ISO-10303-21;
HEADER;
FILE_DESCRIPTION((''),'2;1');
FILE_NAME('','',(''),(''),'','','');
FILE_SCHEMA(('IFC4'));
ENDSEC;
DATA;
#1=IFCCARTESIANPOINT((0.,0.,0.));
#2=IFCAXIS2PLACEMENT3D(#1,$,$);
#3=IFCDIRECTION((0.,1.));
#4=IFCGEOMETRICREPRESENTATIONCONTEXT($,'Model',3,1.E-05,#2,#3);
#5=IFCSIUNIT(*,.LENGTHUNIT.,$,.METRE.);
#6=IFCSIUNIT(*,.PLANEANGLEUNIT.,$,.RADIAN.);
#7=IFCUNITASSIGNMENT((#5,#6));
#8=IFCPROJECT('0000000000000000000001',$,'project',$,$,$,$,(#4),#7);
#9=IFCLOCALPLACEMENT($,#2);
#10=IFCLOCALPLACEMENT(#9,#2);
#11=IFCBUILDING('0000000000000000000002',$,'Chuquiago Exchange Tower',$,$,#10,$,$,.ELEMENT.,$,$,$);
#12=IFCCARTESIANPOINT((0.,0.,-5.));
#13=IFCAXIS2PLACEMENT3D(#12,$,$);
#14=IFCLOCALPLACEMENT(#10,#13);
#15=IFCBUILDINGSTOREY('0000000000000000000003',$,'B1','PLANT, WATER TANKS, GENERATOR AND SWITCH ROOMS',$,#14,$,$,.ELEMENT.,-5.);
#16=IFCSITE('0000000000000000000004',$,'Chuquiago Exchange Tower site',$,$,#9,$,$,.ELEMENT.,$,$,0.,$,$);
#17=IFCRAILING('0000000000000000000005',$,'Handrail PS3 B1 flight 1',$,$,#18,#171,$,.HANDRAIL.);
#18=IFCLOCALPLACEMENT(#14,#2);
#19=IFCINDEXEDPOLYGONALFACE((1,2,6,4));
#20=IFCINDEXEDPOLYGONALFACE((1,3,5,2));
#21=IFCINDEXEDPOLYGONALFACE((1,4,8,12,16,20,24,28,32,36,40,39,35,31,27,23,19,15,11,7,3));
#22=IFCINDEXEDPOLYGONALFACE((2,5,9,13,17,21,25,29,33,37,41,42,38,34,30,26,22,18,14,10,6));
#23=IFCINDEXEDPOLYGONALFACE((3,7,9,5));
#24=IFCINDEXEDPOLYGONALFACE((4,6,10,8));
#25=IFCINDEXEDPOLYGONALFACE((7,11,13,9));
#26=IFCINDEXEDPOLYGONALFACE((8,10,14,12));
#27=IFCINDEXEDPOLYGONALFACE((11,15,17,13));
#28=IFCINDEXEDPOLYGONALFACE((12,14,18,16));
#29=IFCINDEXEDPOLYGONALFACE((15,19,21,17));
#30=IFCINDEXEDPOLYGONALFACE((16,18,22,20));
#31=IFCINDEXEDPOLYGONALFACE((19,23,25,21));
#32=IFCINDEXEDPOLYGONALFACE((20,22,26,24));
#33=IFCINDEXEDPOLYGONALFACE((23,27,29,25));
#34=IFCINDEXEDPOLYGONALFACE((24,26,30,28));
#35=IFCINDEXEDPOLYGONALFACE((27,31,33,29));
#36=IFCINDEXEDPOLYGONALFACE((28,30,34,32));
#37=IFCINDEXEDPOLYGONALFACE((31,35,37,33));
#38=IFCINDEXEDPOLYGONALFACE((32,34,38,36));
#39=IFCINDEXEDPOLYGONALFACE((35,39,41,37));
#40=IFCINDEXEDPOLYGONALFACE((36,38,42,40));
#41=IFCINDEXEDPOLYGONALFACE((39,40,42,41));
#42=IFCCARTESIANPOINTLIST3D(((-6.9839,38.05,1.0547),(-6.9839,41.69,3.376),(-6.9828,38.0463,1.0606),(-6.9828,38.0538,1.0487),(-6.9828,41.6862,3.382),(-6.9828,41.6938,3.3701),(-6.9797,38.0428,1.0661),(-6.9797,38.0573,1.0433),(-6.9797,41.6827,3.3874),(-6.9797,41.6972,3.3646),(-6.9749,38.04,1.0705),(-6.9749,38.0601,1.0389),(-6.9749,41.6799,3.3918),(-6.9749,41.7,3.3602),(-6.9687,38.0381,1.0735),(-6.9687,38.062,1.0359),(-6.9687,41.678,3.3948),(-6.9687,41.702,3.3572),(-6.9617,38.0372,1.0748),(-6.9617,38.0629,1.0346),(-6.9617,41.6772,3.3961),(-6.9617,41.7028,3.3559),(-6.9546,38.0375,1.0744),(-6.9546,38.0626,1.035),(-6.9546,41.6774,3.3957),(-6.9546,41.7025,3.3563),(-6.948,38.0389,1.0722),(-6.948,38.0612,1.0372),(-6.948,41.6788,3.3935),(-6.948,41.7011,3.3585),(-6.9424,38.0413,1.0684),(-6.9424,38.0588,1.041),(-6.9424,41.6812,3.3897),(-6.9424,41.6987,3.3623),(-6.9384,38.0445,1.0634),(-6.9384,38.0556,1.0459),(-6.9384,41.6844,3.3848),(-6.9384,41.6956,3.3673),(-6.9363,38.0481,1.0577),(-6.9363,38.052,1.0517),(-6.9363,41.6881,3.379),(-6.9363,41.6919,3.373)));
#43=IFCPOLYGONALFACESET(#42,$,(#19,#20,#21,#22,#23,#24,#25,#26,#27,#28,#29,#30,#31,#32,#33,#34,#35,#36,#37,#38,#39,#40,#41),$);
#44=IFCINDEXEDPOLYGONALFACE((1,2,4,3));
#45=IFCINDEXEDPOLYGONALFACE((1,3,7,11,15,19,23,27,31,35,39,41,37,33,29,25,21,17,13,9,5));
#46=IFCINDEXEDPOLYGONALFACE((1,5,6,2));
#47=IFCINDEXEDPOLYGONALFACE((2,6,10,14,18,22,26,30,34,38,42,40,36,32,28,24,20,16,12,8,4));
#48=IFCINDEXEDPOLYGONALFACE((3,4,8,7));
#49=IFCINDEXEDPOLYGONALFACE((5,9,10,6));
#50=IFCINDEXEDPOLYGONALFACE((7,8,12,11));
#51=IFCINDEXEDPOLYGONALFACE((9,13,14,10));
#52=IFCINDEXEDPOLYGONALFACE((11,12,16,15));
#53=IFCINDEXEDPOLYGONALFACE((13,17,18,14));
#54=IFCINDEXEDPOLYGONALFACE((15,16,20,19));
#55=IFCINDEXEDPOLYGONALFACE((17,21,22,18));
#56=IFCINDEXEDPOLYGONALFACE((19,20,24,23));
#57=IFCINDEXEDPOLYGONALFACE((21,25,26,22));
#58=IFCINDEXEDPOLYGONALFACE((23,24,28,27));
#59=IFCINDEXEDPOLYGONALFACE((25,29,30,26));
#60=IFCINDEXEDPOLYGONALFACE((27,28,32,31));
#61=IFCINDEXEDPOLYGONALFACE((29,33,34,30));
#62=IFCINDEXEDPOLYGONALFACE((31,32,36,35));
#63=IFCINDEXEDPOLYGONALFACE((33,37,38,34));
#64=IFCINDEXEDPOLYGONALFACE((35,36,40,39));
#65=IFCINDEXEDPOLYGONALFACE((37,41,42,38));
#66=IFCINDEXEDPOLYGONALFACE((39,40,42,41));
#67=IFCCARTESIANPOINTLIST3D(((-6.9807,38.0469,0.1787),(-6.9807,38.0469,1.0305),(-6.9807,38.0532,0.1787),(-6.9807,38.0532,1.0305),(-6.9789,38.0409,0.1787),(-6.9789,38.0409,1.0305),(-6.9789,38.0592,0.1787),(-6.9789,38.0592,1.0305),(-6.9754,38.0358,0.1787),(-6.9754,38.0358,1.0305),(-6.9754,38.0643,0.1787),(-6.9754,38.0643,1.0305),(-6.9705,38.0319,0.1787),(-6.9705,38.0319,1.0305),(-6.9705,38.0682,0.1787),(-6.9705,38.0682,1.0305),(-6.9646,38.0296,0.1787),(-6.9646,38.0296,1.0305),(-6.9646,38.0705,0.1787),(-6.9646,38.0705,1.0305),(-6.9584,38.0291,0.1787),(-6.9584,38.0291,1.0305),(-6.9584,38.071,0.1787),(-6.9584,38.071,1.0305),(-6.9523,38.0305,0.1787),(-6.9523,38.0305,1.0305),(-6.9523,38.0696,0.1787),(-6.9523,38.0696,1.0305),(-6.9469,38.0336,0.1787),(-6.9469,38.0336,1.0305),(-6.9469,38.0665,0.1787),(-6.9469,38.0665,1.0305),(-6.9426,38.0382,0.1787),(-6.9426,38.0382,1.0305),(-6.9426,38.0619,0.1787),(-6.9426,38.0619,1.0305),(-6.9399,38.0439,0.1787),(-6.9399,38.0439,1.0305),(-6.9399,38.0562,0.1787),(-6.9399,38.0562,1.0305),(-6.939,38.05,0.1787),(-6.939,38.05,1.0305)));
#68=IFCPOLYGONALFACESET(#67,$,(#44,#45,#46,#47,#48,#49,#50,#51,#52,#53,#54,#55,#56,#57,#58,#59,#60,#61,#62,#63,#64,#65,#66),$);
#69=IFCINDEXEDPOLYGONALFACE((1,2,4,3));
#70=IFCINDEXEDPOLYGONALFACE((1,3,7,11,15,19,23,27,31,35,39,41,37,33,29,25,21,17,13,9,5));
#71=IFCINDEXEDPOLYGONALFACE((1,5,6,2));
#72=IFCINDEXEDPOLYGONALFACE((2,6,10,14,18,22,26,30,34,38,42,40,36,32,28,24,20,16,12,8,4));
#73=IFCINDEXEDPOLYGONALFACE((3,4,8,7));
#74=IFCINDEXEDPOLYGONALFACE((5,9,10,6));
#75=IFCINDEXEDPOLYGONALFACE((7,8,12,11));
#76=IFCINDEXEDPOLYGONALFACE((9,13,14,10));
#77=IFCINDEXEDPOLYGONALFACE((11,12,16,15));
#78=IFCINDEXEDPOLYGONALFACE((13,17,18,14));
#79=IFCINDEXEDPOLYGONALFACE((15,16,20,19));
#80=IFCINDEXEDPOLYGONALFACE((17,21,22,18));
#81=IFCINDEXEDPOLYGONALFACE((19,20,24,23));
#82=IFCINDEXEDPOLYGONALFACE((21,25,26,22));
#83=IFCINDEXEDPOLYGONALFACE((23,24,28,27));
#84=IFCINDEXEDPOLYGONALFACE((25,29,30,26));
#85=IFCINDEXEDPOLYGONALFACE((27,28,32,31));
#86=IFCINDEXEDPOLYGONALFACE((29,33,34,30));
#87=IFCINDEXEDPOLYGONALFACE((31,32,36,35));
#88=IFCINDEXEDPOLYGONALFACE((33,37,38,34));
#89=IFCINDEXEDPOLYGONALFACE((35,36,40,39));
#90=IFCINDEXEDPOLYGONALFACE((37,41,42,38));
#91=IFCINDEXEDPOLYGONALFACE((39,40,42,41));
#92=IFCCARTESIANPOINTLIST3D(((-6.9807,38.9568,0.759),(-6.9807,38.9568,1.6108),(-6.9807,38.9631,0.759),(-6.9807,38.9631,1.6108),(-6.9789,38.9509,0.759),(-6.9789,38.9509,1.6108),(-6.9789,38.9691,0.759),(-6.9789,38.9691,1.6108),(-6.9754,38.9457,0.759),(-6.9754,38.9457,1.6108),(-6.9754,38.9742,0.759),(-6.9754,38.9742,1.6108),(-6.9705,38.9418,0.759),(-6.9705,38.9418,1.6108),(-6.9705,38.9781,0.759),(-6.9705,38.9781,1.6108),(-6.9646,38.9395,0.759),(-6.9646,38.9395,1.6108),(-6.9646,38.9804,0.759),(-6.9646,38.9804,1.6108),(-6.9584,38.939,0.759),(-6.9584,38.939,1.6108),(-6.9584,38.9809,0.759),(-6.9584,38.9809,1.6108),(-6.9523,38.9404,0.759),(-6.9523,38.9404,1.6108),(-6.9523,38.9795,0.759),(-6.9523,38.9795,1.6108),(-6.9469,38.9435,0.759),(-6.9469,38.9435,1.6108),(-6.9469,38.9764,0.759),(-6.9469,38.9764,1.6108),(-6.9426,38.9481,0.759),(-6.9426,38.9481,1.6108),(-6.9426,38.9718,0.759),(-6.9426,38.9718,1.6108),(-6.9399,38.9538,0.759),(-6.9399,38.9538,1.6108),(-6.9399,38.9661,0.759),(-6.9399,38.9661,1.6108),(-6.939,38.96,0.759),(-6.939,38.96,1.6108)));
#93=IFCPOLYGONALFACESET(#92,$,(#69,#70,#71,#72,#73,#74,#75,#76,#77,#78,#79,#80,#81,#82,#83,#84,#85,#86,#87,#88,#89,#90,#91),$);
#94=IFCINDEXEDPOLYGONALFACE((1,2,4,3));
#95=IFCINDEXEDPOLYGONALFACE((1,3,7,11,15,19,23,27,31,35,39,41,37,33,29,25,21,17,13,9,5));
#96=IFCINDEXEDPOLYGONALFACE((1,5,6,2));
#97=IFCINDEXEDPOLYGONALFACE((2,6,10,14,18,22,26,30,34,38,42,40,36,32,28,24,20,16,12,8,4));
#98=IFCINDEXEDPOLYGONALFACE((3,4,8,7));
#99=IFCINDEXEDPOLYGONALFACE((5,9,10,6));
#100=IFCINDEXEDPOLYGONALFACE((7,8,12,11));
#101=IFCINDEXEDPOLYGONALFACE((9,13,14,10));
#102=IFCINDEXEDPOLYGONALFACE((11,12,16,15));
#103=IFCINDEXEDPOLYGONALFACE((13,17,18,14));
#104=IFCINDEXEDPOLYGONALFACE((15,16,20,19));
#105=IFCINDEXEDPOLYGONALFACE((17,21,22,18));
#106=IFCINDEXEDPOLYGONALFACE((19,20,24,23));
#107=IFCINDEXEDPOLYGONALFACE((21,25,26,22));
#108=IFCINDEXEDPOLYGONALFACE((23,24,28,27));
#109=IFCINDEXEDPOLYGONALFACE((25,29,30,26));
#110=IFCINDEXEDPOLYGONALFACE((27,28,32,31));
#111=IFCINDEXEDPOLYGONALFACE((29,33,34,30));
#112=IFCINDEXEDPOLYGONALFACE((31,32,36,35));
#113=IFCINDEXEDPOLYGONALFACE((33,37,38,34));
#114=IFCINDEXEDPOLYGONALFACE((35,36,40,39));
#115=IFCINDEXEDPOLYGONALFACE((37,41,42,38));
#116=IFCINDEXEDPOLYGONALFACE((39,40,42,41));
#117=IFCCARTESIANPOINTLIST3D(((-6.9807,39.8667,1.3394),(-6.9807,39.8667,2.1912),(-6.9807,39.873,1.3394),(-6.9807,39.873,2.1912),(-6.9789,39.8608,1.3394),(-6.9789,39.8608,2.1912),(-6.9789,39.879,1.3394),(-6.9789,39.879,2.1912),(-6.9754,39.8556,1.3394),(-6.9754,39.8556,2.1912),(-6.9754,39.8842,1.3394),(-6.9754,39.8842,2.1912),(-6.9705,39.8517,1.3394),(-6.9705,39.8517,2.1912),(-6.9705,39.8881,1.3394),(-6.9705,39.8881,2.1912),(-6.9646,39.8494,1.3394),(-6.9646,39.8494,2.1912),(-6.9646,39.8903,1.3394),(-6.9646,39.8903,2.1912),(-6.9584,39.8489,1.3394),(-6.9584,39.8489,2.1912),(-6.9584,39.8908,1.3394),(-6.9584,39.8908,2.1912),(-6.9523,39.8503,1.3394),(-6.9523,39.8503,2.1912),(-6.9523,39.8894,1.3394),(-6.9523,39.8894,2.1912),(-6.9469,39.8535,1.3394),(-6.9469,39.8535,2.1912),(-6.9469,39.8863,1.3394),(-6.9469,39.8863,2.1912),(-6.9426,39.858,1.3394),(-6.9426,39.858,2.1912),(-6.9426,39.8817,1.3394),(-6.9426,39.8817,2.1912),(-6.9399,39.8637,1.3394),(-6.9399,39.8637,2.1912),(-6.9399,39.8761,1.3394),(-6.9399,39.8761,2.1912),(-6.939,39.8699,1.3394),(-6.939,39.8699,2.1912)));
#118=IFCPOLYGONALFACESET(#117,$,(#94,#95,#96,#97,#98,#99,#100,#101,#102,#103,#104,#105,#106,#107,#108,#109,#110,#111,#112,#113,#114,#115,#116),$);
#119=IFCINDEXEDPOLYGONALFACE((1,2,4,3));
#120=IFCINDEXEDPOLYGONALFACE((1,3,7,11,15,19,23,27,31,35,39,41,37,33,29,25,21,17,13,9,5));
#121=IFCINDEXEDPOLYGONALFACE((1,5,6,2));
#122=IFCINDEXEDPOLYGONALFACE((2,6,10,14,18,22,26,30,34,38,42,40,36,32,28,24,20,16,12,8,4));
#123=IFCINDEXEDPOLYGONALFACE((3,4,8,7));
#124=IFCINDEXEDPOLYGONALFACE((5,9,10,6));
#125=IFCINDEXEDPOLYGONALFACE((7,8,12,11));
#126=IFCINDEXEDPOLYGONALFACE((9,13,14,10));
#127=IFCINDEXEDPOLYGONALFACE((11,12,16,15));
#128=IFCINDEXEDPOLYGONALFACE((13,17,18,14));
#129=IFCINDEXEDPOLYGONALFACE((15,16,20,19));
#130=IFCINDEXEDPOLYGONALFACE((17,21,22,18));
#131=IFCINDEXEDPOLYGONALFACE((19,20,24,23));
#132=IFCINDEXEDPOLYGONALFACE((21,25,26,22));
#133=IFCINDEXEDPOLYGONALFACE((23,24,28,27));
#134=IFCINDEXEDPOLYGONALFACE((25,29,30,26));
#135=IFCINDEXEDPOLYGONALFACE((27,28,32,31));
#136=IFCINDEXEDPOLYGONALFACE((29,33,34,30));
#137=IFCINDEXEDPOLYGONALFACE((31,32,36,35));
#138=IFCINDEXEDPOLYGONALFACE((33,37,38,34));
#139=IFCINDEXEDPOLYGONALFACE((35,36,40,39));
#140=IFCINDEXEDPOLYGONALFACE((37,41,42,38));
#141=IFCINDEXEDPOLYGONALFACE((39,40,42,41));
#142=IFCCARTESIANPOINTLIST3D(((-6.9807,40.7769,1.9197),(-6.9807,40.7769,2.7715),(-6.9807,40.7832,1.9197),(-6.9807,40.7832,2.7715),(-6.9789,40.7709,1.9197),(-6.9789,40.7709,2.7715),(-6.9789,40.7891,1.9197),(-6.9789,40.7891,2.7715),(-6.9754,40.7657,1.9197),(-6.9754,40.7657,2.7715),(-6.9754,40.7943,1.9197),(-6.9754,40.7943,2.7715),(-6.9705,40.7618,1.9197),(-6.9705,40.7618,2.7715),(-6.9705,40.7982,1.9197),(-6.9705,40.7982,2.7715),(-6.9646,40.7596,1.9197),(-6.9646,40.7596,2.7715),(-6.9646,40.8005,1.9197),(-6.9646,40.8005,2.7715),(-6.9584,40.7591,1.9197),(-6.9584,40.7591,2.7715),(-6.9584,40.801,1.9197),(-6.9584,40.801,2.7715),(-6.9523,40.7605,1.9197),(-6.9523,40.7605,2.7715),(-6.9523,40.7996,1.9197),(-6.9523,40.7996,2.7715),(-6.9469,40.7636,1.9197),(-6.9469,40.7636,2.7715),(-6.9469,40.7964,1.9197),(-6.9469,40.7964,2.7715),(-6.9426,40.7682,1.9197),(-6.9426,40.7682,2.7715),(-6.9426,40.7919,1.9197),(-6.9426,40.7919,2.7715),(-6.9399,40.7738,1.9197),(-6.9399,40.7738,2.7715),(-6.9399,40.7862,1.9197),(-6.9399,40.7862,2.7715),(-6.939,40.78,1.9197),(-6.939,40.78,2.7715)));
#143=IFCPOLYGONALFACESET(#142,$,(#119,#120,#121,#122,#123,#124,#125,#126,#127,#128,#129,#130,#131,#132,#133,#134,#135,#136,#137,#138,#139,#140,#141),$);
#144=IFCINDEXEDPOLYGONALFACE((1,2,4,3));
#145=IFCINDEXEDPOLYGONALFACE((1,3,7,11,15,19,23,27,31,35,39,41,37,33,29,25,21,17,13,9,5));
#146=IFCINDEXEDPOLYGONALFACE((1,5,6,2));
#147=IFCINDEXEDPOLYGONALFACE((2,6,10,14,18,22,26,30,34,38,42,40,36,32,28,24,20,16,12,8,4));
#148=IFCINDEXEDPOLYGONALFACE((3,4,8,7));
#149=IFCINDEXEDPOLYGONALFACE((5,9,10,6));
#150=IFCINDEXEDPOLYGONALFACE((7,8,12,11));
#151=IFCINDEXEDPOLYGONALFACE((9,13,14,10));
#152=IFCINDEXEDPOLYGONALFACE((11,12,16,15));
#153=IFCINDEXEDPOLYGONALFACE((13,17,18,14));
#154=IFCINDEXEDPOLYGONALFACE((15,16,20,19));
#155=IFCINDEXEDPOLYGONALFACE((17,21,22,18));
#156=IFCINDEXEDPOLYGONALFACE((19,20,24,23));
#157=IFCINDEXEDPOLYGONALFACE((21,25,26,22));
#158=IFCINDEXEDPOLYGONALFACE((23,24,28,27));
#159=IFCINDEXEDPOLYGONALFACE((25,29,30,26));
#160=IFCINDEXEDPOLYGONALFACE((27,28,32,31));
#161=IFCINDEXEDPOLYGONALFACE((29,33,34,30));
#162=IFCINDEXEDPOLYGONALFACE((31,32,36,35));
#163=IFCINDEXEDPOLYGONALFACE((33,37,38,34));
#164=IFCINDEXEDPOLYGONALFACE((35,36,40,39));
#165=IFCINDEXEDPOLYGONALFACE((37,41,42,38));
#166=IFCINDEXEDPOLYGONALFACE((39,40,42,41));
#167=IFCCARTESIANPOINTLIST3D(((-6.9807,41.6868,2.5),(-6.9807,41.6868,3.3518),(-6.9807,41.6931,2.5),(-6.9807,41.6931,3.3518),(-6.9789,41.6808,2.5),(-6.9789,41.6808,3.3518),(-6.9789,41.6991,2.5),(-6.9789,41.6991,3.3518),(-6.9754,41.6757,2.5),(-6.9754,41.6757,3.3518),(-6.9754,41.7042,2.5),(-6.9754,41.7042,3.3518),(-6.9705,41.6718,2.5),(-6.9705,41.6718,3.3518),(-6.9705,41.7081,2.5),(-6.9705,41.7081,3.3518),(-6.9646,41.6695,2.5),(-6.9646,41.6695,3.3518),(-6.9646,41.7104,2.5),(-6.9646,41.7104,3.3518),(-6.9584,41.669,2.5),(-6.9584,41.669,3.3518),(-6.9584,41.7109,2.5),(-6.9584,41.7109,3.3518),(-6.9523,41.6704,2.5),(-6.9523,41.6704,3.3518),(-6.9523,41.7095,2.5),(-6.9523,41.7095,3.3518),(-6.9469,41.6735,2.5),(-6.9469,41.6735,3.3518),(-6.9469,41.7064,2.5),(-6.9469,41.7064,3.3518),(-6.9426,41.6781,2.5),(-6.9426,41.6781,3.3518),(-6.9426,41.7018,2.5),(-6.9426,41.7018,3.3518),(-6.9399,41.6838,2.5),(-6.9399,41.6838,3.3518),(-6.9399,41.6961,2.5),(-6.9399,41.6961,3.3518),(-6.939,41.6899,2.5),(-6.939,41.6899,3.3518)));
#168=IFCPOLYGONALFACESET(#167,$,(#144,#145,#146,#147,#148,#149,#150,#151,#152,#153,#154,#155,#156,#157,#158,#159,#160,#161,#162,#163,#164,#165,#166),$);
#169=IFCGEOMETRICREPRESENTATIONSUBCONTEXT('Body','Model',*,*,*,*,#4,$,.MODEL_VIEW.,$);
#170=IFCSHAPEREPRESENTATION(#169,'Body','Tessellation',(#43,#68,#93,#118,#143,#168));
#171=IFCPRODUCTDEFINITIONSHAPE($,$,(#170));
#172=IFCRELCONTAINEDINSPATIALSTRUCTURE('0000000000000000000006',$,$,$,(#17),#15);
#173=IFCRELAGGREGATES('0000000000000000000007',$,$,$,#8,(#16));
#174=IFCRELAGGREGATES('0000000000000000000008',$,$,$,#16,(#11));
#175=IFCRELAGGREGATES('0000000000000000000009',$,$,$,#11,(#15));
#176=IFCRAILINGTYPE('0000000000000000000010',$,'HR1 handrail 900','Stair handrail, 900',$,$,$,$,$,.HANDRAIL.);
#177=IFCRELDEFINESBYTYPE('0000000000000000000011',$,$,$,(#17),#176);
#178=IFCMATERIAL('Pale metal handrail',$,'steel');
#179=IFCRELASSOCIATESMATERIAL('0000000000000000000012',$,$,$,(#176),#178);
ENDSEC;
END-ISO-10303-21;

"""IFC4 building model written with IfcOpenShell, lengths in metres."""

from ifc_helpers import new_model, si_unit, direction, frame, origin, origin_2d, place, context, subcontext, project, spatial, circle, extrude, material, type_object, element, save


model = new_model("IFC4")

# Units and contexts
model_context = context("Model", 3, precision=1e-05, world=origin(), true_north=direction((0.0, 1.0)))
body_context = subcontext(model_context, "Body", "Model", "MODEL_VIEW")
ifc_project = project(units=[si_unit("LENGTHUNIT", "METRE"), si_unit("PLANEANGLEUNIT", "RADIAN")], contexts=[model_context])

# Site, building, storey
site_placement = place(None, origin())
site = spatial("IfcSite", under=ifc_project, at=site_placement, Name="Chuquiago Exchange Tower site", CompositionType="ELEMENT", RefElevation=0.0)
building_placement = place(site_placement, origin())
building = spatial("IfcBuilding", under=site, at=building_placement, Name="Chuquiago Exchange Tower", CompositionType="ELEMENT")
storey_placement = place(building_placement, frame((0.0, 0.0, -5.0)))
storey = spatial("IfcBuildingStorey", under=building, at=storey_placement, Name="B1", Description="PLANT, WATER TANKS, GENERATOR AND SWITCH ROOMS", CompositionType="ELEMENT", Elevation=-5.0)

# Railing
ifc_material_1 = material(Name="Pale metal handrail", Category="steel")
railing_type = type_object("IfcRailingType", Name="HR1 handrail 900", Description="Stair handrail, 900", PredefinedType="HANDRAIL", material=ifc_material_1)
for number, where, name in (
    (1, (-6.96, 38.05, 0.1787), "Handrail PS3 B1 flight 1"),
):
    element("IfcRailing", number, at=place(storey_placement, frame(where)), inside=storey, type_object=railing_type, Name=name, PredefinedType="HANDRAIL", context=body_context, shape_type="SweptSolid", body=[
        extrude(circle(Radius=0.0239, at=origin_2d()), frame((0.0, 0.0, 0.876), z_axis=(0.0, 0.843137, 0.537699), x_axis=(-1.0, 0.0, 0.0)), (0.0, 0.0, 1.0), 4.3171),
        extrude(circle(Radius=0.021, at=origin_2d()), origin(), (0.0, 0.0, 1.0), 0.8518),
        extrude(circle(Radius=0.021, at=origin_2d()), frame((0.0, 0.9099, 0.5803)), (0.0, 0.0, 1.0), 0.8518),
        extrude(circle(Radius=0.021, at=origin_2d()), frame((0.0, 1.8198, 1.1606)), (0.0, 0.0, 1.0), 0.8518),
        extrude(circle(Radius=0.021, at=origin_2d()), frame((0.0, 2.73, 1.741)), (0.0, 0.0, 1.0), 0.8518),
        extrude(circle(Radius=0.021, at=origin_2d()), frame((0.0, 3.6399, 2.3213)), (0.0, 0.0, 1.0), 0.8518),
    ])

save(model, "model.ifc")
